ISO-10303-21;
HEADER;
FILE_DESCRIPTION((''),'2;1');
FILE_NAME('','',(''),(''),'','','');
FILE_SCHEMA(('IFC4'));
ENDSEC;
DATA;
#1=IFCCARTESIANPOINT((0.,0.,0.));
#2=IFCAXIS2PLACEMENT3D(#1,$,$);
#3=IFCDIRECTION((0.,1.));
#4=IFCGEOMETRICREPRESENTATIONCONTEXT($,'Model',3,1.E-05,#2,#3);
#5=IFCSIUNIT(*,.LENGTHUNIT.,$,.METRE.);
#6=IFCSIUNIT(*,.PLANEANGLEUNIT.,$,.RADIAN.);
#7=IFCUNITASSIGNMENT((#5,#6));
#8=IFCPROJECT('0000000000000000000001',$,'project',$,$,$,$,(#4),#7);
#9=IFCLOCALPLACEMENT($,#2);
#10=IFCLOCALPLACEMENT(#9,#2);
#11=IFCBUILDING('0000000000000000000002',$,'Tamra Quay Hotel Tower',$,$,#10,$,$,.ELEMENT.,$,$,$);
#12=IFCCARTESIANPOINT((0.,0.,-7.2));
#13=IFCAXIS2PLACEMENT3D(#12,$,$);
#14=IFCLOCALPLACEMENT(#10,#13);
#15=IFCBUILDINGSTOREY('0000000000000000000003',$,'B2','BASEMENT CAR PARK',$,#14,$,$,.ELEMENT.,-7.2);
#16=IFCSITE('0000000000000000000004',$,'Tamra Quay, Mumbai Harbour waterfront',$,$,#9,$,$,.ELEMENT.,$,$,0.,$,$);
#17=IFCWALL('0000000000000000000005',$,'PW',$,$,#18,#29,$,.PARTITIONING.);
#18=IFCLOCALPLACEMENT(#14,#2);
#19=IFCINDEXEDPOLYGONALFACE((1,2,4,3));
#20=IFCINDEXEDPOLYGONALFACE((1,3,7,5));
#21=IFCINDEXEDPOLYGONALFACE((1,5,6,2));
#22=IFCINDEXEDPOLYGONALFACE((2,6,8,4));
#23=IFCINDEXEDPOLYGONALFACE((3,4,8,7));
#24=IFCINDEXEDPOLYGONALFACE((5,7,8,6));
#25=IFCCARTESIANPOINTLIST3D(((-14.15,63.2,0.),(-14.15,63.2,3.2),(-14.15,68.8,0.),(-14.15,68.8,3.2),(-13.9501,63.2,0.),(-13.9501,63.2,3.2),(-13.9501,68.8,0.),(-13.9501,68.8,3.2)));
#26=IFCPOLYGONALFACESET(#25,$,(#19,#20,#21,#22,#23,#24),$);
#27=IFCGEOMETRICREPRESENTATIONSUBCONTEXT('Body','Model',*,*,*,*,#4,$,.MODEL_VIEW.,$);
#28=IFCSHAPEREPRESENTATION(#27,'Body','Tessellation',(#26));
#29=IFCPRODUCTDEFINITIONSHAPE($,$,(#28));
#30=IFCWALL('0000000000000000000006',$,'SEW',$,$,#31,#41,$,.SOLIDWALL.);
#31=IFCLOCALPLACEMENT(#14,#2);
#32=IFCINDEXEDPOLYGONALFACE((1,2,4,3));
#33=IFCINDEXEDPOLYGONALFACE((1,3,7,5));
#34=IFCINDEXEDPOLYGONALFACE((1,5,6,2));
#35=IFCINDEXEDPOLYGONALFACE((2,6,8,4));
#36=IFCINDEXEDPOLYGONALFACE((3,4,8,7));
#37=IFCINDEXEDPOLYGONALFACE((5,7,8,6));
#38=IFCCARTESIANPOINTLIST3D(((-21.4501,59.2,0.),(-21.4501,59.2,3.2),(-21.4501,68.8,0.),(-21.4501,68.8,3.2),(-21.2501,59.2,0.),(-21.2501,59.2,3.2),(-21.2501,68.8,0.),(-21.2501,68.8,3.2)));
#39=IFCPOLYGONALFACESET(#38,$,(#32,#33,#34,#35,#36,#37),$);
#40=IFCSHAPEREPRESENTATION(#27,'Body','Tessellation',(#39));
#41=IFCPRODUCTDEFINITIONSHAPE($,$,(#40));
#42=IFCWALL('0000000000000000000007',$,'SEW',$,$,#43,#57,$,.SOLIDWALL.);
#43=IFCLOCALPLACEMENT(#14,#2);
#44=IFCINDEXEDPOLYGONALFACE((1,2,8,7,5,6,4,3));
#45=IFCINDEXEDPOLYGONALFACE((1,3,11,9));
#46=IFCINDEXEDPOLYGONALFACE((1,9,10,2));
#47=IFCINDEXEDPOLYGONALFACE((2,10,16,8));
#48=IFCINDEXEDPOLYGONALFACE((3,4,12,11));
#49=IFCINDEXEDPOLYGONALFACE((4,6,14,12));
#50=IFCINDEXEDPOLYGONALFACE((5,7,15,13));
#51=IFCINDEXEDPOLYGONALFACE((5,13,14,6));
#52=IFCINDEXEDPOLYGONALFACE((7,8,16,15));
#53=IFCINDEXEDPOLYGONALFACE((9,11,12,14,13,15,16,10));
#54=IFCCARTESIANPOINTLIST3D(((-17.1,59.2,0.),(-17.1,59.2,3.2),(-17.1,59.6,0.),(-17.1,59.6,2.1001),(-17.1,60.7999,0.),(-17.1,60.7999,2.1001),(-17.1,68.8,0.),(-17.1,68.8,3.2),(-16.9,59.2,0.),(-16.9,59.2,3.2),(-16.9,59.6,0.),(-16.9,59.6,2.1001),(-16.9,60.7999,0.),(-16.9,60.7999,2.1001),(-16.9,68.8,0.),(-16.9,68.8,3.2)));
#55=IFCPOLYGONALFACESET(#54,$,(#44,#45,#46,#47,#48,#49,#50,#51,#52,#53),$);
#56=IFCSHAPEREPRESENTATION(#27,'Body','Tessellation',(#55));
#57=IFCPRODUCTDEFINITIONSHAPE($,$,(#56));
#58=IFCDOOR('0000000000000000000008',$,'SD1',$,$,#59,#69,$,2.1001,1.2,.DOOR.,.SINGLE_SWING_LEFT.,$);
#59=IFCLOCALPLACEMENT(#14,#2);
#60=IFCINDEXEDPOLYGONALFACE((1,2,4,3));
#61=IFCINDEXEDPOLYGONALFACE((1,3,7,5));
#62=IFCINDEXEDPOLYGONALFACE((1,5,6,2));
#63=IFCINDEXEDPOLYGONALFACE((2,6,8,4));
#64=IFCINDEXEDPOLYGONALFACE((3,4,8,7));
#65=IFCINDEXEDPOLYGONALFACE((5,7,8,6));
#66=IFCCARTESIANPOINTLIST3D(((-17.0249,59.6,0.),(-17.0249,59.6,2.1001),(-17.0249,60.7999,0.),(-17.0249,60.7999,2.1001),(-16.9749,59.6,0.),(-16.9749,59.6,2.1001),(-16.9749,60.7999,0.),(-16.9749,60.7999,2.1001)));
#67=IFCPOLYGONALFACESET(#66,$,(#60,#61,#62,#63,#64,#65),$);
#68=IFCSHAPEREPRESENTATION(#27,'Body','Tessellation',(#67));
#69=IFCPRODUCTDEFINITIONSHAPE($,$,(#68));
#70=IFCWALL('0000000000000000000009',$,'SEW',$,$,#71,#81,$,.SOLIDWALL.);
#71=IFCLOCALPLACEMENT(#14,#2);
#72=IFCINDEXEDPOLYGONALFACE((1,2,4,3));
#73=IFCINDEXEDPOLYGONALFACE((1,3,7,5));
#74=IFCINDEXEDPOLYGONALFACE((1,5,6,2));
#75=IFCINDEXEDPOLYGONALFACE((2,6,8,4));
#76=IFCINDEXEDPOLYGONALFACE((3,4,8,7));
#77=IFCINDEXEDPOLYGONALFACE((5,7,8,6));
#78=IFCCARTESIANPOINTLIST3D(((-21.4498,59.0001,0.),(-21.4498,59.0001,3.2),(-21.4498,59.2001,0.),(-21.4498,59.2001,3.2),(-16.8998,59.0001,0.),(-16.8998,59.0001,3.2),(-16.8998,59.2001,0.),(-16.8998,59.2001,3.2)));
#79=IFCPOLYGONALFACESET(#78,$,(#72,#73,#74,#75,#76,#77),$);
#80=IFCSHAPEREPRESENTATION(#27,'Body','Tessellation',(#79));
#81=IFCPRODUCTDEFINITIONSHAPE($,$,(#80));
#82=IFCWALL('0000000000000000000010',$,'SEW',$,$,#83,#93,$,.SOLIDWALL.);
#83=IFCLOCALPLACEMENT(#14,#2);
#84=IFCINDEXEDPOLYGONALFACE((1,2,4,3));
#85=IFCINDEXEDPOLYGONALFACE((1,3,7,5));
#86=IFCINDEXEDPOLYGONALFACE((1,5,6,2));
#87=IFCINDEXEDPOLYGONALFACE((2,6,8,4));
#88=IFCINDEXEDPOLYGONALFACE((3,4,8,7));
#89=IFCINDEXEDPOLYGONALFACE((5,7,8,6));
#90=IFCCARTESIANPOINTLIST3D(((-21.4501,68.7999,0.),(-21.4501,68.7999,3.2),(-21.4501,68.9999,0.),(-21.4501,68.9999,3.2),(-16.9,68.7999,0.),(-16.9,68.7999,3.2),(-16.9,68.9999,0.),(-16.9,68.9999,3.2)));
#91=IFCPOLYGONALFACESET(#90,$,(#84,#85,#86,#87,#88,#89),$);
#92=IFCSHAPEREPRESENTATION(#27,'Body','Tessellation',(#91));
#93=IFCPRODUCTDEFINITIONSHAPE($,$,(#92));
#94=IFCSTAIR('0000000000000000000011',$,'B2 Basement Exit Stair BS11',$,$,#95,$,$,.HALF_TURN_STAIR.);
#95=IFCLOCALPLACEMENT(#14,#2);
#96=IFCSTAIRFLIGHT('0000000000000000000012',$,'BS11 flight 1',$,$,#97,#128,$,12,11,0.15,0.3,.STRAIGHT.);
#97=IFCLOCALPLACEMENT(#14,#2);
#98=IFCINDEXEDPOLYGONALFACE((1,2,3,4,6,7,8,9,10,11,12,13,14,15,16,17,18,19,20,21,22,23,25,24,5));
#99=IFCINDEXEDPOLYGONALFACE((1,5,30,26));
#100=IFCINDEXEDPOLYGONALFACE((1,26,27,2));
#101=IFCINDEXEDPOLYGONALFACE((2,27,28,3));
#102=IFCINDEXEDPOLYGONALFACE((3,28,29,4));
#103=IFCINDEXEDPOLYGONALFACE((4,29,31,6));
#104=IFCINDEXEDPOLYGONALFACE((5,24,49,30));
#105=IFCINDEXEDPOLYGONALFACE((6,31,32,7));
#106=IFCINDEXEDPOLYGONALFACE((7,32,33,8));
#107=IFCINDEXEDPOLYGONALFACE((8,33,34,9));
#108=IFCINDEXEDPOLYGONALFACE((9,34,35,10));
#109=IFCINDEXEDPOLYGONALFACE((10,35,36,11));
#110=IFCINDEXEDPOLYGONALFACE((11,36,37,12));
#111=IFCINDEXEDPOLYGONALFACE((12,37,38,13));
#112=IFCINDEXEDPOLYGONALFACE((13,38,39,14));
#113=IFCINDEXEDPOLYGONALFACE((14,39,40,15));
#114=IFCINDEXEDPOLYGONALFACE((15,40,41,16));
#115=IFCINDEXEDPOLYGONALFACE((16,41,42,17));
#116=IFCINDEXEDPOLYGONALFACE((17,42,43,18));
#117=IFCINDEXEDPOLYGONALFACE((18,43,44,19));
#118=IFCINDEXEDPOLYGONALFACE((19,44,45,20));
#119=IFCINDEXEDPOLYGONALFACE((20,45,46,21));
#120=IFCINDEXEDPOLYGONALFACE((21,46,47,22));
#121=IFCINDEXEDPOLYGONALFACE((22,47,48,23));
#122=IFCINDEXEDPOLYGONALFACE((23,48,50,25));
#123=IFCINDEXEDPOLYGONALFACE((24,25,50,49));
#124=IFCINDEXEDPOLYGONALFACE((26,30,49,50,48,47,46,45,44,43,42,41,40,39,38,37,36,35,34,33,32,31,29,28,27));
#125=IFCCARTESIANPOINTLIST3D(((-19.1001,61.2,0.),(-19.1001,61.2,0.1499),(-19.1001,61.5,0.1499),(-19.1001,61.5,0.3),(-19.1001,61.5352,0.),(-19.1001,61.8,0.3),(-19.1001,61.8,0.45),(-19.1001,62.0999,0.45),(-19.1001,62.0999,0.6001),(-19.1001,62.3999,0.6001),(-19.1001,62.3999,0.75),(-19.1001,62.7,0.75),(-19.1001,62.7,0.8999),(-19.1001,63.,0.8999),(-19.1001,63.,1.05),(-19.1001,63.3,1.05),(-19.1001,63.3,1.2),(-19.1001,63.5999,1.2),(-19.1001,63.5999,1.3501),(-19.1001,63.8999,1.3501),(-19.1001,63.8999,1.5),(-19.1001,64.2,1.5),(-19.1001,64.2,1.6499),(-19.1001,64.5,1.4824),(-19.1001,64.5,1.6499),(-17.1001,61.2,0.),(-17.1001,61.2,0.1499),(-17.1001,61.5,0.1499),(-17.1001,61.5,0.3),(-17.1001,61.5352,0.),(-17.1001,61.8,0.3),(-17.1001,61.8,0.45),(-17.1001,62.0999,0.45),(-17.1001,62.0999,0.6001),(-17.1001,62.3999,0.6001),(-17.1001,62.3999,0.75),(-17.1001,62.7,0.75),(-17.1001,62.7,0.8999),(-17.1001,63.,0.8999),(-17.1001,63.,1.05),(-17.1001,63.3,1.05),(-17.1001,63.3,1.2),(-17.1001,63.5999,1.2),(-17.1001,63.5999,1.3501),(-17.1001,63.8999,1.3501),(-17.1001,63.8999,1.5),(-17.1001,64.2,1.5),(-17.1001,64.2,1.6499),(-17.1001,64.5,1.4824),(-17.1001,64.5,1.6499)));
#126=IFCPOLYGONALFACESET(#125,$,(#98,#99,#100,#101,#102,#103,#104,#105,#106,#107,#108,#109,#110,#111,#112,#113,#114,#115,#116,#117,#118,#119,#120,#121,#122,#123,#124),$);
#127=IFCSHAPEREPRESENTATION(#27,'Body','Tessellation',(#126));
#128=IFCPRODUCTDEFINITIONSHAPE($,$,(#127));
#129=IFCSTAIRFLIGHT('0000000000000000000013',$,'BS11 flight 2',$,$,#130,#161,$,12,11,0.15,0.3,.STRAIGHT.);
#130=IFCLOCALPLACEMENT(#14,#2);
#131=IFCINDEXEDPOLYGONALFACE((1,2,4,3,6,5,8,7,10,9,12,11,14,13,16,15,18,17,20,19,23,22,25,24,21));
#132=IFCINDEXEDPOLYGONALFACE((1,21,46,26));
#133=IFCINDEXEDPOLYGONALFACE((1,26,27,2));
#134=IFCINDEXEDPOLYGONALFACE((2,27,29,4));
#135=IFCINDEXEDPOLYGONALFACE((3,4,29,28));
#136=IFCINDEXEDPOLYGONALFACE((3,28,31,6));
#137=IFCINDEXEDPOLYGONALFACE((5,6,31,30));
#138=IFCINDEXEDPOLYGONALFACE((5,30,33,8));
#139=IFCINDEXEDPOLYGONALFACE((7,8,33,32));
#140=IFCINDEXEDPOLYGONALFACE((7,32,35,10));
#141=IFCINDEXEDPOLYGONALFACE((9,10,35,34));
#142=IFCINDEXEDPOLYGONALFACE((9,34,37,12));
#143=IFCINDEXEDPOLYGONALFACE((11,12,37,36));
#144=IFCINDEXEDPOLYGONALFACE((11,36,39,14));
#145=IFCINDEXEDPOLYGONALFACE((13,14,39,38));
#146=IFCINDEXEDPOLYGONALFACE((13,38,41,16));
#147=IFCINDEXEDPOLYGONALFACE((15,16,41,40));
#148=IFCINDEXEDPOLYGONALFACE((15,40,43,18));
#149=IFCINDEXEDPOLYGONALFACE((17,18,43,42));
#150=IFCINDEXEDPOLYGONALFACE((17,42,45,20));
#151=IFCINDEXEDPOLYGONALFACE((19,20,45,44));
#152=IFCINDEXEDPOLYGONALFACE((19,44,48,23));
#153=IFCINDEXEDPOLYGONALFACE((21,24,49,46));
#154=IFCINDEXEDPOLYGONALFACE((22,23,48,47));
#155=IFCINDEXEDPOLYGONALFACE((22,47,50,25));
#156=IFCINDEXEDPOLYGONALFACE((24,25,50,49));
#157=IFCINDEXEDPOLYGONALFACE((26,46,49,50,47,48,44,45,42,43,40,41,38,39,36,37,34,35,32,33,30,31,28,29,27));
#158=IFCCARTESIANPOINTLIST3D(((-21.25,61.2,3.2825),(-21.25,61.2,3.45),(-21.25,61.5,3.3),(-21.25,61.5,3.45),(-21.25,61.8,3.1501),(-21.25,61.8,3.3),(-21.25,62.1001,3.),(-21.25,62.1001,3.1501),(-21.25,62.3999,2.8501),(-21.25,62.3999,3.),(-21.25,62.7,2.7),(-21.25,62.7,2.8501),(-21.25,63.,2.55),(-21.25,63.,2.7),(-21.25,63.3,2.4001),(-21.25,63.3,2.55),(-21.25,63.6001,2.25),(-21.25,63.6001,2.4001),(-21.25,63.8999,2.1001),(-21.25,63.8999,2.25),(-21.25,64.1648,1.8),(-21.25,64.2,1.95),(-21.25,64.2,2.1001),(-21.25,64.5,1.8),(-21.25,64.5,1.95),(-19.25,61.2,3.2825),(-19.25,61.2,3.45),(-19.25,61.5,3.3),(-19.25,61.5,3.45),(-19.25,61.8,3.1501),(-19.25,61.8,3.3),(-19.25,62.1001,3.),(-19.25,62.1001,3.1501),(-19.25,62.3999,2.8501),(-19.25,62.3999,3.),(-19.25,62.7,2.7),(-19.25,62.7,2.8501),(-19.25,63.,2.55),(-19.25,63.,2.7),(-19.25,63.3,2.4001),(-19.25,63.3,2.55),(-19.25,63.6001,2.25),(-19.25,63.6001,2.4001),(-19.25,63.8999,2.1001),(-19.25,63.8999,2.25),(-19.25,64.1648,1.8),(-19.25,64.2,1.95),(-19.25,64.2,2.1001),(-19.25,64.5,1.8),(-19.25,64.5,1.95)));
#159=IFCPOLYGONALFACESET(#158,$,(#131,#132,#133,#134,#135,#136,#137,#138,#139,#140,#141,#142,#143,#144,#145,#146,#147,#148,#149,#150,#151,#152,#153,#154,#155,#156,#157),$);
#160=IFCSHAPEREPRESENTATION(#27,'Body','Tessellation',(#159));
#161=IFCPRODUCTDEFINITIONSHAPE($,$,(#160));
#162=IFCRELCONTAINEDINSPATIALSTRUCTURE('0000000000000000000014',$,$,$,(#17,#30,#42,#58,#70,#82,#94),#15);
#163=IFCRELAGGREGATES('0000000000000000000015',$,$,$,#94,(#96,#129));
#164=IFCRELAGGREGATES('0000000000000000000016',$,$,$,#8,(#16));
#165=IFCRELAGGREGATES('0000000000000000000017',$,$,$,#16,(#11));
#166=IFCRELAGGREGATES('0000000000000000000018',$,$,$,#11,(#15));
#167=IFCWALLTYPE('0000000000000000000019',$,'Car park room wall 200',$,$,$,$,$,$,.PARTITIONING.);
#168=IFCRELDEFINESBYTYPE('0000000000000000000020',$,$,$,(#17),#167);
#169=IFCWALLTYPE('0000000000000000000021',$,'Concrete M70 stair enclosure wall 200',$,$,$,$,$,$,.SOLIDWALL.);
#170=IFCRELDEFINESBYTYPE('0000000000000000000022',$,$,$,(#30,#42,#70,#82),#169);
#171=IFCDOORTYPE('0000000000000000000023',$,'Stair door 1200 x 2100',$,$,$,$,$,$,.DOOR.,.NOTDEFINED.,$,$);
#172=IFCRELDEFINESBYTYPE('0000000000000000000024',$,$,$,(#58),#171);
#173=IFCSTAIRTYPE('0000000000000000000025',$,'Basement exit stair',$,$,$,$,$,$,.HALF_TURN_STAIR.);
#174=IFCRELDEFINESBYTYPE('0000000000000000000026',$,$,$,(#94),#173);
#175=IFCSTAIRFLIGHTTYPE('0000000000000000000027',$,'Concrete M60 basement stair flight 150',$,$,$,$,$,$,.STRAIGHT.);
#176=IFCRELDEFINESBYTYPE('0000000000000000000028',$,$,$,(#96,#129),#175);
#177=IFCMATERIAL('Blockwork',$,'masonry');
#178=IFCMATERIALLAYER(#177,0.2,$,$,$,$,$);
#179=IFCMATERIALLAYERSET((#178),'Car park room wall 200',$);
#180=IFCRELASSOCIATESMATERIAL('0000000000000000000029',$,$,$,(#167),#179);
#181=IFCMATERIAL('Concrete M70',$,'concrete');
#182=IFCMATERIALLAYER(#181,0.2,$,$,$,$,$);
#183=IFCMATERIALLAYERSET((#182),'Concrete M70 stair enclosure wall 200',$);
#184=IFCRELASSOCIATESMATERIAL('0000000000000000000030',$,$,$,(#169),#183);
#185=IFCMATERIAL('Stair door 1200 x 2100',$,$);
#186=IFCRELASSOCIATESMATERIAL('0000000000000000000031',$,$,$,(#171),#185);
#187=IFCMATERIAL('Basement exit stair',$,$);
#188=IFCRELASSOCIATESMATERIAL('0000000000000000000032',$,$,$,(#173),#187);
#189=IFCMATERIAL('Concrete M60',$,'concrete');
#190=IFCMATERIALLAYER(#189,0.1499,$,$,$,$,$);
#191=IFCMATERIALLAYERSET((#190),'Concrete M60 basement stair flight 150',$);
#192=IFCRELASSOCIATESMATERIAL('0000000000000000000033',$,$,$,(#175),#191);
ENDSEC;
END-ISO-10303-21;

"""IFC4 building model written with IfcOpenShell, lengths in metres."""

from ifc_helpers import new_model, si_unit, direction, frame, frame_2d, origin, place, context, subcontext, project, spatial, polyline, rectangle, outline, extrude, material, layer, layer_set, type_object, element, fill, aggregate, save


model = new_model("IFC4")

# Units and contexts
model_context = context("Model", 3, precision=1e-05, world=origin(), true_north=direction((0.0, 1.0)))
body_context = subcontext(model_context, "Body", "Model", "MODEL_VIEW")
ifc_project = project(units=[si_unit("LENGTHUNIT", "METRE"), si_unit("PLANEANGLEUNIT", "RADIAN")], contexts=[model_context])

# Site, building, storey
site_placement = place(None, origin())
site = spatial("IfcSite", under=ifc_project, at=site_placement, Name="Tamra Quay, Mumbai Harbour waterfront", CompositionType="ELEMENT", RefElevation=0.0)
building_placement = place(site_placement, origin())
building = spatial("IfcBuilding", under=site, at=building_placement, Name="Tamra Quay Hotel Tower", CompositionType="ELEMENT")
storey_placement = place(building_placement, frame((0.0, 0.0, -7.2)))
storey = spatial("IfcBuildingStorey", under=building, at=storey_placement, Name="B2", Description="BASEMENT CAR PARK", CompositionType="ELEMENT", Elevation=-7.2)

# Shared definitions
ifc_material_1 = material(Name="Concrete M70", Category="concrete")

# Shared definitions
ifc_material_2 = material(Name="Blockwork", Category="masonry")
ifc_layer_1 = layer(ifc_material_2, 0.2)
ifc_layer_set_1 = layer_set([ifc_layer_1], Name="Car park room wall 200")
wall_type_1 = type_object("IfcWallType", Name="Car park room wall 200", PredefinedType="PARTITIONING", material=ifc_layer_set_1)

# Walls
wall_1_placement = place(storey_placement, frame((-14.05, 63.2, 0.0), z_axis=(0.0, 0.0, 1.0), x_axis=(0.0, 1.0, 0.0)))
element("IfcWall", 1, at=wall_1_placement, inside=storey, type_object=wall_type_1, Name="PW", PredefinedType="PARTITIONING", context=body_context, shape_type="SweptSolid", body=[
    extrude(rectangle(XDim=5.6001, YDim=0.2, at=frame_2d((2.8, 0.0))), origin(), (0.0, 0.0, 1.0), 3.2),
])
ifc_layer_2 = layer(ifc_material_1, 0.2)
ifc_layer_set_2 = layer_set([ifc_layer_2], Name="Concrete M70 stair enclosure wall 200")
wall_type_2 = type_object("IfcWallType", Name="Concrete M70 stair enclosure wall 200", PredefinedType="SOLIDWALL", material=ifc_layer_set_2)
wall_2_placement = place(storey_placement, frame((-21.3501, 59.2, 0.0), z_axis=(0.0, 0.0, 1.0), x_axis=(0.0, 1.0, 0.0)))
element("IfcWall", 2, at=wall_2_placement, inside=storey, type_object=wall_type_2, Name="SEW", PredefinedType="SOLIDWALL", context=body_context, shape_type="SweptSolid", body=[
    extrude(rectangle(XDim=9.6001, YDim=0.2, at=frame_2d((4.8, 0.0))), origin(), (0.0, 0.0, 1.0), 3.2),
])

# Wall, opening, door
wall_3_placement = place(storey_placement, frame((-17.0, 59.2, 0.0), z_axis=(0.0, 0.0, 1.0), x_axis=(0.0, 1.0, 0.0)))
wall_3 = element("IfcWall", 3, at=wall_3_placement, inside=storey, type_object=wall_type_2, Name="SEW", PredefinedType="SOLIDWALL", context=body_context, shape_type="SweptSolid", body=[
    extrude(rectangle(XDim=9.6001, YDim=0.2, at=frame_2d((4.8, 0.0))), origin(), (0.0, 0.0, 1.0), 3.2),
])
opening_1_placement = place(wall_3_placement, frame((0.3999, 0.0, 0.0)))
opening_1 = element("IfcOpeningElement", 4, at=opening_1_placement, cuts=wall_3, PredefinedType="OPENING", context=body_context, shape_type="SweptSolid", body=[
    extrude(rectangle(XDim=1.2, YDim=2.1001, at=frame_2d((0.6001, 1.05))), frame((0.0, 0.1099, 0.0), z_axis=(0.0, -1.0, 0.0), x_axis=(1.0, 0.0, 0.0)), (0.0, 0.0, 1.0), 0.22),
])
ifc_material_3 = material(Name="Stair door 1200 x 2100")
door_type_1 = type_object("IfcDoorType", Name="Stair door 1200 x 2100", OperationType="NOTDEFINED", PredefinedType="DOOR", material=ifc_material_3)
door_1_placement = place(opening_1_placement, origin())
door_1 = element("IfcDoor", 5, at=door_1_placement, inside=storey, type_object=door_type_1, Name="SD1", OperationType="SINGLE_SWING_LEFT", OverallHeight=2.1001, OverallWidth=1.2, PredefinedType="DOOR", context=body_context, shape_type="SweptSolid", body=[
    extrude(rectangle(XDim=1.2, YDim=2.1001, at=frame_2d((0.6001, 1.05))), frame((0.0, 0.0249, 0.0), z_axis=(0.0, -1.0, 0.0), x_axis=(1.0, 0.0, 0.0)), (0.0, 0.0, 1.0), 0.05),
])
fill(opening_1, door_1)

# Walls
for number, where, z_axis, x_axis, name in (
    (6, (-16.8999, 59.1001, 0.0), (0.0, 0.0, 1.0), (-1.0, 0.0, 0.0), "SEW"),
    (7, (-21.45, 68.8999, 0.0), (0.0, 0.0, 1.0), (1.0, 0.0, 0.0), "SEW"),
):
    element("IfcWall", number, at=place(storey_placement, frame(where, z_axis=z_axis, x_axis=x_axis)), inside=storey, type_object=wall_type_2, Name=name, PredefinedType="SOLIDWALL", context=body_context, shape_type="SweptSolid", body=[
        extrude(rectangle(XDim=4.55, YDim=0.2, at=frame_2d((2.2749, 0.0))), origin(), (0.0, 0.0, 1.0), 3.2),
    ])

# Stair, stair flights
ifc_material_4 = material(Name="Basement exit stair")
stair_type = type_object("IfcStairType", Name="Basement exit stair", PredefinedType="HALF_TURN_STAIR", material=ifc_material_4)
stair_placement = place(storey_placement, origin())
stair = element("IfcStair", 8, at=stair_placement, inside=storey, type_object=stair_type, Name="B2 Basement Exit Stair BS11", PredefinedType="HALF_TURN_STAIR")
ifc_material_5 = material(Name="Concrete M60", Category="concrete")
ifc_layer_3 = layer(ifc_material_5, 0.1499)
ifc_layer_set_3 = layer_set([ifc_layer_3], Name="Concrete M60 basement stair flight 150")
stair_flight_type = type_object("IfcStairFlightType", Name="Concrete M60 basement stair flight 150", PredefinedType="STRAIGHT", material=ifc_layer_set_3)
stair_flight_1_placement = place(storey_placement, frame((-18.1001, 61.2, 0.0), z_axis=(0.0, 0.0, 1.0), x_axis=(0.0, 1.0, 0.0)))
stair_flight_1 = element("IfcStairFlight", 9, at=stair_flight_1_placement, type_object=stair_flight_type, Name="BS11 flight 1", NumberOfRisers=12, NumberOfTreads=11, PredefinedType="STRAIGHT", RiserHeight=0.15, TreadLength=0.3, context=body_context, shape_type="SweptSolid", body=[
    extrude(outline(polyline([(0.0, 0.0), (0.0, 0.1499), (0.3, 0.1499), (0.3, 0.3), (0.6001, 0.3), (0.6001, 0.45), (0.8999, 0.45), (0.8999, 0.6001), (1.2, 0.6001), (1.2, 0.75), (1.5, 0.75), (1.5, 0.8999), (1.8, 0.8999), (1.8, 1.05), (2.1001, 1.05), (2.1001, 1.2), (2.3999, 1.2), (2.3999, 1.3501), (2.7, 1.3501), (2.7, 1.5), (3.0, 1.5), (3.0, 1.6499), (3.3, 1.6499), (3.3, 1.8), (3.3, 1.4824), (0.3352, 0.0), (0.0, 0.0)])), frame((0.0, 1.0, 0.0), z_axis=(0.0, -1.0, 0.0), x_axis=(1.0, 0.0, 0.0)), (0.0, 0.0, 1.0), 2.0),
])
stair_flight_2_placement = place(storey_placement, frame((-20.25, 64.5, 1.8), z_axis=(0.0, 0.0, 1.0), x_axis=(0.0, -1.0, 0.0)))
stair_flight_2 = element("IfcStairFlight", 10, at=stair_flight_2_placement, type_object=stair_flight_type, Name="BS11 flight 2", NumberOfRisers=12, NumberOfTreads=11, PredefinedType="STRAIGHT", RiserHeight=0.15, TreadLength=0.3, context=body_context, shape_type="SweptSolid", body=[
    extrude(outline(polyline([(0.0, 0.0), (0.0, 0.1499), (0.3, 0.1499), (0.3, 0.3), (0.6001, 0.3), (0.6001, 0.45), (0.8999, 0.45), (0.8999, 0.6001), (1.2, 0.6001), (1.2, 0.75), (1.5, 0.75), (1.5, 0.8999), (1.8, 0.8999), (1.8, 1.05), (2.1001, 1.05), (2.1001, 1.2), (2.3999, 1.2), (2.3999, 1.3501), (2.7, 1.3501), (2.7, 1.5), (3.0, 1.5), (3.0, 1.6499), (3.3, 1.6499), (3.3, 1.8), (3.3, 1.4824), (0.3352, 0.0), (0.0, 0.0)])), frame((0.0, 1.0, 0.0), z_axis=(0.0, -1.0, 0.0), x_axis=(1.0, 0.0, 0.0)), (0.0, 0.0, 1.0), 2.0),
])
aggregate(stair, [stair_flight_1, stair_flight_2])

save(model, "model.ifc")
